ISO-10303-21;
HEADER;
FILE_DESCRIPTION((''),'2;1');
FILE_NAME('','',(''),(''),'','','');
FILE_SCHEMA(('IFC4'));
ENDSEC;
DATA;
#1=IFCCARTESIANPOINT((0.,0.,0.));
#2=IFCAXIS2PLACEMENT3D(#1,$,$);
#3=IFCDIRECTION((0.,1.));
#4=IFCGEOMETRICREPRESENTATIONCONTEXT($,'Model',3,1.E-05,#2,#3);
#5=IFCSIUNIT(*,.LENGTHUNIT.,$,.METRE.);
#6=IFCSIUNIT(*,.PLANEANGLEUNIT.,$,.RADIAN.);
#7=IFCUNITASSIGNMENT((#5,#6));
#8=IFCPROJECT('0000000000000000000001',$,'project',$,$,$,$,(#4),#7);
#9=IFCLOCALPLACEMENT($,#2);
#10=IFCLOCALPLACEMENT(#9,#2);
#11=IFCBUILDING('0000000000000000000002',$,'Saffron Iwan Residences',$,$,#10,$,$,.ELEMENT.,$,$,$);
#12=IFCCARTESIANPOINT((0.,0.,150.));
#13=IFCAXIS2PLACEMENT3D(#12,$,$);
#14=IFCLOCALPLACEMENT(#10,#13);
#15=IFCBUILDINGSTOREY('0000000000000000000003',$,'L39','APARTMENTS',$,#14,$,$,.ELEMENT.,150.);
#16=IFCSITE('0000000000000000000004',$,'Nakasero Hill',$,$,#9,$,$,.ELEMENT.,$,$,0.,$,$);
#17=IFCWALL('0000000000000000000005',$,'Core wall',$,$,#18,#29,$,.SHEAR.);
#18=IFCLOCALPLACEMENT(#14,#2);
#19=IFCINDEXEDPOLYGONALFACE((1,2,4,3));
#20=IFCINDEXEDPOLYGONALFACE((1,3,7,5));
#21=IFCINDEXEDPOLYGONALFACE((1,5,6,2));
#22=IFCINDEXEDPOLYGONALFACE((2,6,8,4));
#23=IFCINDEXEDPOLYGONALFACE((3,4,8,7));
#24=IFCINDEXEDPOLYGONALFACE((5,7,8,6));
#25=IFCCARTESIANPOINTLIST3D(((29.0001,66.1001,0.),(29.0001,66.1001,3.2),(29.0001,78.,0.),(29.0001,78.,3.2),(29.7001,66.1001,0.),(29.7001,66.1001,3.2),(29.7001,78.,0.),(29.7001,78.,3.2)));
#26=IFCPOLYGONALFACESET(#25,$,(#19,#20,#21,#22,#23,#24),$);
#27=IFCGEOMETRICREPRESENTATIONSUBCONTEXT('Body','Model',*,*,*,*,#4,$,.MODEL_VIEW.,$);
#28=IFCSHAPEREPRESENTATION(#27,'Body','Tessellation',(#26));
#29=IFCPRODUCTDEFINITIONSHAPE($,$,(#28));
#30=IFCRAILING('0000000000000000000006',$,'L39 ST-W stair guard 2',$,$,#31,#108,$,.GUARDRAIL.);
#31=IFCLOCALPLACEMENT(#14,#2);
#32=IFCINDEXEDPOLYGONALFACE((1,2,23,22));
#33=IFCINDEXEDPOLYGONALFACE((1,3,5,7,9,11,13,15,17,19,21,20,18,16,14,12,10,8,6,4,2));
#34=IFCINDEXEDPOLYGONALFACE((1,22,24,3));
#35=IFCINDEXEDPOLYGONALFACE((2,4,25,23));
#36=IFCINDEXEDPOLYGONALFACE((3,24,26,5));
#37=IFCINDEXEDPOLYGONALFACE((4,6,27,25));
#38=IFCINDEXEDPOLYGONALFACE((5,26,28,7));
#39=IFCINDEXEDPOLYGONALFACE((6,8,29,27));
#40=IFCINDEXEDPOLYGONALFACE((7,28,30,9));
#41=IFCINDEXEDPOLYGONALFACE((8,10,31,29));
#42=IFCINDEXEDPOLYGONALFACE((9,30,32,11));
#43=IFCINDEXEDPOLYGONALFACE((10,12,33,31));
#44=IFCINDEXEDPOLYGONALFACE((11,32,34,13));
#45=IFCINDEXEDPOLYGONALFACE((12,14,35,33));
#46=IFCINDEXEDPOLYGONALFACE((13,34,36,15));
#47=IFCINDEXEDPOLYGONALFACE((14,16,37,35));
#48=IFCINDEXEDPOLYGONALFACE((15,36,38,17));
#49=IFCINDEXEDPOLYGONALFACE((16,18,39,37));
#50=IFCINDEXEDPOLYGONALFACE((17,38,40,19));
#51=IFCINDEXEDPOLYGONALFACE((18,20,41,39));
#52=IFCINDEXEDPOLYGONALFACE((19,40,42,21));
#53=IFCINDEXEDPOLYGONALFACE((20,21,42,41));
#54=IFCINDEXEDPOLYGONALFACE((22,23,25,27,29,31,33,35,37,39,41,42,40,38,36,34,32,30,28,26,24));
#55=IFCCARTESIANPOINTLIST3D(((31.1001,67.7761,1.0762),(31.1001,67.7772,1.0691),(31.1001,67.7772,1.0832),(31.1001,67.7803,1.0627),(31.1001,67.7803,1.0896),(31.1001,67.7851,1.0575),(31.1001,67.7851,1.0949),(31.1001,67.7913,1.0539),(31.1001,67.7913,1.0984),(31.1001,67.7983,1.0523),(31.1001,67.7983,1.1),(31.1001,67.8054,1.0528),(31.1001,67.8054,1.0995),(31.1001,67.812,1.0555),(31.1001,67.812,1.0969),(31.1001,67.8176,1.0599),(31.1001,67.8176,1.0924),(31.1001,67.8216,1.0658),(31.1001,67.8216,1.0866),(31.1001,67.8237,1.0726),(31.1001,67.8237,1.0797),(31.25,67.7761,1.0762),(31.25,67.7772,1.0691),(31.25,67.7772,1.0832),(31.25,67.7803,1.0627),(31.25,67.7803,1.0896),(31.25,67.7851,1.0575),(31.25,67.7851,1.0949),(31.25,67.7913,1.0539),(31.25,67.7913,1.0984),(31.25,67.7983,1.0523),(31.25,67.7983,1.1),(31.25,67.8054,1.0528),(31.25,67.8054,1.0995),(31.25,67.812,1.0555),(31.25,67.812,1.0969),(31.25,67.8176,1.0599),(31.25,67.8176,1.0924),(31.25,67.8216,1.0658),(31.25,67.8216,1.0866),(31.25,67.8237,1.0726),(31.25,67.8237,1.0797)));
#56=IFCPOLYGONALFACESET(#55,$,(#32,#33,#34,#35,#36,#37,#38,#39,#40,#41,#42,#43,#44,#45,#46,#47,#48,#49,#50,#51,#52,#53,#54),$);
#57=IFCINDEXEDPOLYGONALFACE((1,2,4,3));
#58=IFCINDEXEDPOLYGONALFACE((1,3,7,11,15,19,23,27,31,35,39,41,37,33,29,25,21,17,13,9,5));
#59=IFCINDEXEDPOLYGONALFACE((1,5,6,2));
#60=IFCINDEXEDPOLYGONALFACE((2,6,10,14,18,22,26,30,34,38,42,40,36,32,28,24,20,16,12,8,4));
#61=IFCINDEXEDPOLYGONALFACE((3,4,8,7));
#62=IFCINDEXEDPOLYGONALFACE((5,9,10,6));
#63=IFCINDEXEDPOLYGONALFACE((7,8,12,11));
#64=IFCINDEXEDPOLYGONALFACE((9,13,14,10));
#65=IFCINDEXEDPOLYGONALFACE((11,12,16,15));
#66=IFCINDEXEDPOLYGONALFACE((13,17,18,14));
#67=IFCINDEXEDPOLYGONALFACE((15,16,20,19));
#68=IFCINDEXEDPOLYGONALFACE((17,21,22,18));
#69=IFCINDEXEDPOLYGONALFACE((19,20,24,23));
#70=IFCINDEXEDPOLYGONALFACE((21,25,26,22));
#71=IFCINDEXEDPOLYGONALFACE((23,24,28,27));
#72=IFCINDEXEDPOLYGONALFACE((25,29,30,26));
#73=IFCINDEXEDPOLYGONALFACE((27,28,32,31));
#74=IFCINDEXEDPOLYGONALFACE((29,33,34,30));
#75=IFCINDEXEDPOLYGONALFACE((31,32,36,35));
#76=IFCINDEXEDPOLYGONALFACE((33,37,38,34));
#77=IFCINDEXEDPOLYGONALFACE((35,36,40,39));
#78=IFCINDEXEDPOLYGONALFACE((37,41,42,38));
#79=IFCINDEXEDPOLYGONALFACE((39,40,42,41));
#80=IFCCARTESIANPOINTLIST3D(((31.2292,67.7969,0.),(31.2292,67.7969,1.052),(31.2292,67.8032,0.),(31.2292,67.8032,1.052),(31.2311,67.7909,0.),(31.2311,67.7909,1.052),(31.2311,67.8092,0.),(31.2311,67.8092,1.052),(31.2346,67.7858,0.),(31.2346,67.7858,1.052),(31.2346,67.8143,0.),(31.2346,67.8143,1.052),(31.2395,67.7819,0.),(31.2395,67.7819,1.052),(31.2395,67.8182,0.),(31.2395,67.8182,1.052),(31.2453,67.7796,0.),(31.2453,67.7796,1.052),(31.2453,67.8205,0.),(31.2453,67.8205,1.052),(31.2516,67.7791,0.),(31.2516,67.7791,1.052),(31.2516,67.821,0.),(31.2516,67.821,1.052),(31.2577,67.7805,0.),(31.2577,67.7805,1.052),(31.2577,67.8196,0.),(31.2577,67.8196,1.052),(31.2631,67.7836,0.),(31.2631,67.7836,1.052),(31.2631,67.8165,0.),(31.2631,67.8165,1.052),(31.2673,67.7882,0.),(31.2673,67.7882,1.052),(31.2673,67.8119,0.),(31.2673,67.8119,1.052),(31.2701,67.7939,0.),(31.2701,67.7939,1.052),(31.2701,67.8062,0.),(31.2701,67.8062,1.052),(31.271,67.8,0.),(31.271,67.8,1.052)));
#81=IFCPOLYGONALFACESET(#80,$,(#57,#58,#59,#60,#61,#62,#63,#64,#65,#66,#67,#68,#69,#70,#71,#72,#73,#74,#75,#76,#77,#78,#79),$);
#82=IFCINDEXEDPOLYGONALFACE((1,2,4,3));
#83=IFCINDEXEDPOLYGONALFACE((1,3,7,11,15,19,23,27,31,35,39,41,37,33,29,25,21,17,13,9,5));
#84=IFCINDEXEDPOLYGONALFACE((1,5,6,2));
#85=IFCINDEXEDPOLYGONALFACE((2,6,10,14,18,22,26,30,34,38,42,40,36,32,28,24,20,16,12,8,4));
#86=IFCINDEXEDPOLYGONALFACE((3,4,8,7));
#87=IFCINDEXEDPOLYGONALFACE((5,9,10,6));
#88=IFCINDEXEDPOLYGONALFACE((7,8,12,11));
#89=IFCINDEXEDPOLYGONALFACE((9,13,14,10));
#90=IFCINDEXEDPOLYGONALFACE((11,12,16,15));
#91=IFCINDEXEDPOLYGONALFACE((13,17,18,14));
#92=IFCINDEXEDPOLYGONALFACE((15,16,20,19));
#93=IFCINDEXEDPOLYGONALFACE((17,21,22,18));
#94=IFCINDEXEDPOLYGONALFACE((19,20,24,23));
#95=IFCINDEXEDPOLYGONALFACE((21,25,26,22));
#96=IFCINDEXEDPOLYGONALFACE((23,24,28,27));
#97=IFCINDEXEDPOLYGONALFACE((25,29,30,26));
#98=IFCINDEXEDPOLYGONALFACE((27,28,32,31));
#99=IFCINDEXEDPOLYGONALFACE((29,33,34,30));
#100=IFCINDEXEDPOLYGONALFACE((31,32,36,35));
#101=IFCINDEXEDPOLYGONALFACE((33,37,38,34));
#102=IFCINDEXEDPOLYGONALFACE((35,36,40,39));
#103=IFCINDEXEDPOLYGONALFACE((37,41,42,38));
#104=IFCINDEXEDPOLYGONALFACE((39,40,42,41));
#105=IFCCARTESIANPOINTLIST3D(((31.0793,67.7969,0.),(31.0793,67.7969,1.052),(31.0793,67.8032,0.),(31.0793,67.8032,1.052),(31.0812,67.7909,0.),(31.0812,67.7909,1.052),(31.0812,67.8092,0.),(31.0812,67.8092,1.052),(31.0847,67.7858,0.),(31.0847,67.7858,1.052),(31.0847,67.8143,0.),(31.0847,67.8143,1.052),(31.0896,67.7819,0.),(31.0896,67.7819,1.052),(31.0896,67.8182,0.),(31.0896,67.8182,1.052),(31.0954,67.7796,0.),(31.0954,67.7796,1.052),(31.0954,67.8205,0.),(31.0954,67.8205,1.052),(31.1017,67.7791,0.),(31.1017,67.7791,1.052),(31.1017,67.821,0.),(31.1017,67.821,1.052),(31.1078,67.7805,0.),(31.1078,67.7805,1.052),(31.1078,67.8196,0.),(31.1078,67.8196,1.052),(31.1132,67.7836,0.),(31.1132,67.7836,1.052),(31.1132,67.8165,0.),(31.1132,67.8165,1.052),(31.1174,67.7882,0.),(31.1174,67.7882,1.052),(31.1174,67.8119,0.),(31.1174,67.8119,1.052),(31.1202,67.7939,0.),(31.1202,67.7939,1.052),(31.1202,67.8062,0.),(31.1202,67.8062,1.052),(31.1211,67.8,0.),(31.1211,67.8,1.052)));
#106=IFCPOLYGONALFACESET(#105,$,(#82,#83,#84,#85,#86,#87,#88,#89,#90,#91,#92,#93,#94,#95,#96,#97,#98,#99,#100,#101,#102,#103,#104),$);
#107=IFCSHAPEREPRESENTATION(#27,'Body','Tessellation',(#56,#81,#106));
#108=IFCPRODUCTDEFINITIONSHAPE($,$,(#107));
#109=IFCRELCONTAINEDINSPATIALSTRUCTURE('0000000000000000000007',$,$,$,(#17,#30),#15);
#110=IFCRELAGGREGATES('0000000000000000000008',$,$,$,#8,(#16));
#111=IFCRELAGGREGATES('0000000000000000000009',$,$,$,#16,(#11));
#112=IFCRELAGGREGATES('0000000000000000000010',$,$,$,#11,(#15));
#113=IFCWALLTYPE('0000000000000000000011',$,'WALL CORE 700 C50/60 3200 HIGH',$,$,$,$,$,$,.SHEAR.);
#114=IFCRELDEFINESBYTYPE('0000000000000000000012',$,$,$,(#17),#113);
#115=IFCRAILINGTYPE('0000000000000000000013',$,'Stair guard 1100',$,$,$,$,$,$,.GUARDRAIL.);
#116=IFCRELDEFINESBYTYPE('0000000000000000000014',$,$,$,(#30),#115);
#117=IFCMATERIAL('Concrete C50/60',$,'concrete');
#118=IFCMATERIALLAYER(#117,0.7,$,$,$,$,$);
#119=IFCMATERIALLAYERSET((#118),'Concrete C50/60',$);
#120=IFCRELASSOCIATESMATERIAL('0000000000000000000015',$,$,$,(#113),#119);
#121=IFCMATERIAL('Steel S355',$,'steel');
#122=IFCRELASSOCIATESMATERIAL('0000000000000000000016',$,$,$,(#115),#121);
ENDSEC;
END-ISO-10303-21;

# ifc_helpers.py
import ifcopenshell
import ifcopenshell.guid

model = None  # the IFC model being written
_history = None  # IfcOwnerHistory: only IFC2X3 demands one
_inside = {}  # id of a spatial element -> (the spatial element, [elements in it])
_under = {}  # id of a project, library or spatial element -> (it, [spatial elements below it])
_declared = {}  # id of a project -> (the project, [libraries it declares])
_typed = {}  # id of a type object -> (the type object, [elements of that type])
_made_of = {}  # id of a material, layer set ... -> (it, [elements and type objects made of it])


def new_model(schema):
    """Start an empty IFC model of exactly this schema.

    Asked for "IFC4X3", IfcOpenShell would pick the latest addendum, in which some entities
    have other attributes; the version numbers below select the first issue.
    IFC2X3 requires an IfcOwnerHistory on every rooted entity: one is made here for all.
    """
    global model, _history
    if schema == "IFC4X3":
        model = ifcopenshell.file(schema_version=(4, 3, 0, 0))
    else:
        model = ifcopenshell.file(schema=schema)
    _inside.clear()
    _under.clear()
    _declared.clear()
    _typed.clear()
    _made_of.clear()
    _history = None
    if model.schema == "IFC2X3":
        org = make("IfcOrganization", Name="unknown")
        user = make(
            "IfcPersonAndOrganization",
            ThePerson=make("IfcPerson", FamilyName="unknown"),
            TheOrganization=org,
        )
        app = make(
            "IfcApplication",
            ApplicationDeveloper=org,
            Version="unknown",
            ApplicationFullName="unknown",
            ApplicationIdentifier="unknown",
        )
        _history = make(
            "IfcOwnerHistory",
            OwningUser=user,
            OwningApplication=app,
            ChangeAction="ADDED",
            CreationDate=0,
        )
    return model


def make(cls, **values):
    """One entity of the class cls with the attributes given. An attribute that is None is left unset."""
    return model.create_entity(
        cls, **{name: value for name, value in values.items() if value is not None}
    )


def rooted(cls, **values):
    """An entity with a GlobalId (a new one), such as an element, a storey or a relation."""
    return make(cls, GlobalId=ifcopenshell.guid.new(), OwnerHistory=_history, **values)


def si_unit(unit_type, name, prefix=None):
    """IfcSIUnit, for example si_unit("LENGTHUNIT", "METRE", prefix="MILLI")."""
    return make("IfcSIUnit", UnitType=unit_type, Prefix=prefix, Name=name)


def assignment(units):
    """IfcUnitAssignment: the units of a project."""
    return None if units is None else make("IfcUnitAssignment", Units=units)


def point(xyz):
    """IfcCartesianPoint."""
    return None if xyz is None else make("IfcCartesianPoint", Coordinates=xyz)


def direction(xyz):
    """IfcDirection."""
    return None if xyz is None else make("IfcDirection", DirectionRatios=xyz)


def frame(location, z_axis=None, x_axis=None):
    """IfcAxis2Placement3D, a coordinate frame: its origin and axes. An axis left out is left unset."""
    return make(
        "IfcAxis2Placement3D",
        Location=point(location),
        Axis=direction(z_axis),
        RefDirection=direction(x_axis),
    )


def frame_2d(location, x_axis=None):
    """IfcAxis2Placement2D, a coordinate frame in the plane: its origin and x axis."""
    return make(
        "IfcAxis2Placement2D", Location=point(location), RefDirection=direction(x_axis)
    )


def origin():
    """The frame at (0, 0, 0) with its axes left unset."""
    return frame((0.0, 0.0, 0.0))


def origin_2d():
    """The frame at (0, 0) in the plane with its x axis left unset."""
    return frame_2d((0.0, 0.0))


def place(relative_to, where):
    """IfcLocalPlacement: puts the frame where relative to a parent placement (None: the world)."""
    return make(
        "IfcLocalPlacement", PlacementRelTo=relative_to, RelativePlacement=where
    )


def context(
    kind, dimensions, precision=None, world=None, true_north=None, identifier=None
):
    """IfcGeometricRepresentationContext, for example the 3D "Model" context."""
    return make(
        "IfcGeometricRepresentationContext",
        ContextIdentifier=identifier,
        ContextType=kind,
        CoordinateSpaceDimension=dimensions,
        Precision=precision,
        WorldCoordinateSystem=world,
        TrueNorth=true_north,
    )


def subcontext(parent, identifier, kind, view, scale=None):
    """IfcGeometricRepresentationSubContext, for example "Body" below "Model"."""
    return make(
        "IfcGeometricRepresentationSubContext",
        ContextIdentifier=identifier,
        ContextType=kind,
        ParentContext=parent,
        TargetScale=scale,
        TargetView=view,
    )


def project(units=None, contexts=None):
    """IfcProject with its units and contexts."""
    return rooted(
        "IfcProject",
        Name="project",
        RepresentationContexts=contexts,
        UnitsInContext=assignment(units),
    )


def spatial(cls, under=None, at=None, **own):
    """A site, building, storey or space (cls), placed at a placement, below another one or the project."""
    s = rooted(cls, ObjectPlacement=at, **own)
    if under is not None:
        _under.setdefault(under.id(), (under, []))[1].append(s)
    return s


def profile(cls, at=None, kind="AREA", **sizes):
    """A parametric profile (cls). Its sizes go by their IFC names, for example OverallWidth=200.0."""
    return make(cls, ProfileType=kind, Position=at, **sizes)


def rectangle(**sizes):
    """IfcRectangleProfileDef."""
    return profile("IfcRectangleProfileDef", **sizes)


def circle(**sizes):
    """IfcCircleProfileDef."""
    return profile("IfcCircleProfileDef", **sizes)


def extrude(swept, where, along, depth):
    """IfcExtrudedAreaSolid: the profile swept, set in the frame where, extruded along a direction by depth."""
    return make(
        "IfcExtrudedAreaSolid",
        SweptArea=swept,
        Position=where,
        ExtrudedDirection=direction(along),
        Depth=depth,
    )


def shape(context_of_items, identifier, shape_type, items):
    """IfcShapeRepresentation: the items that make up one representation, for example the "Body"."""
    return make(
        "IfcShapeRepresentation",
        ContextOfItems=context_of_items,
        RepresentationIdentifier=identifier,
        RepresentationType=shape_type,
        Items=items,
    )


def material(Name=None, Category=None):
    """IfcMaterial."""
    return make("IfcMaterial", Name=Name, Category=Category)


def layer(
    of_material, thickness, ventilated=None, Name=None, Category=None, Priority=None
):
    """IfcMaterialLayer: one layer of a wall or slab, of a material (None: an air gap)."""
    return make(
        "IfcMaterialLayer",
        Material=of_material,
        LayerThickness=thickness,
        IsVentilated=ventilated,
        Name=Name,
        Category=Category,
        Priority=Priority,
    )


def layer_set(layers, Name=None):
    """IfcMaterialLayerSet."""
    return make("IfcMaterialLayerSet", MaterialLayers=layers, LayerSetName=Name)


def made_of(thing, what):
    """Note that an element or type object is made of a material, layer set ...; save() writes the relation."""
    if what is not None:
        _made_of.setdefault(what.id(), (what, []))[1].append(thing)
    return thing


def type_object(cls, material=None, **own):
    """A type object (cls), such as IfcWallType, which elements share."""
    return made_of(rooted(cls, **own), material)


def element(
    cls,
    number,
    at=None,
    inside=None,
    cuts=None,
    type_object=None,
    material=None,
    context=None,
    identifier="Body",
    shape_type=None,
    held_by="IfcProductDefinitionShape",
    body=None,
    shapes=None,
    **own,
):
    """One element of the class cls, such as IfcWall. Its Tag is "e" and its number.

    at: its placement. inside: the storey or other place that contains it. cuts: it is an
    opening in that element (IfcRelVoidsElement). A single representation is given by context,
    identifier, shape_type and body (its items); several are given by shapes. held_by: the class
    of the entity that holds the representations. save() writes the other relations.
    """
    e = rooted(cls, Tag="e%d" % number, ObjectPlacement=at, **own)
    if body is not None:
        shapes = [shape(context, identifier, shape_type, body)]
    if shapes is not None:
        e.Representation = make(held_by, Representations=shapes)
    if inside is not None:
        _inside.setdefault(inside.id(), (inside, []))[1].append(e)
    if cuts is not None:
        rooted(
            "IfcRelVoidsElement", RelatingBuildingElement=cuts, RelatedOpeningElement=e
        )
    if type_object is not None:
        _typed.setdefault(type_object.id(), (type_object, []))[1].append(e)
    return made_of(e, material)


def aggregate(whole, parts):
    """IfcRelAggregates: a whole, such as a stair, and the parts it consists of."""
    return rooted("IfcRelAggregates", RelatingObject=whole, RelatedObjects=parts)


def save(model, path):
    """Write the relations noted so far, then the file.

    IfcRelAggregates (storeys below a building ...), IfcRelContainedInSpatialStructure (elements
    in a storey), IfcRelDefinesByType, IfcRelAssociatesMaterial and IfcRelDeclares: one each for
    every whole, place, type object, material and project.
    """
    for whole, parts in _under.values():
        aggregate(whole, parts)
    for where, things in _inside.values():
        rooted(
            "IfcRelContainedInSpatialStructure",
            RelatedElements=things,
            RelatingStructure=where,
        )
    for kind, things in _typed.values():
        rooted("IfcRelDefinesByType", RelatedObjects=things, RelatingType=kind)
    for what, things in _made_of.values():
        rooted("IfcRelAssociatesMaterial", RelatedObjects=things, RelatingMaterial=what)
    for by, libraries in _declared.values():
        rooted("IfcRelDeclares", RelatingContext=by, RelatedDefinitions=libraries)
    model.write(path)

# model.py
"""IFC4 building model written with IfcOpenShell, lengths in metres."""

from ifc_helpers import new_model, si_unit, direction, frame, frame_2d, origin, origin_2d, place, context, subcontext, project, spatial, rectangle, circle, extrude, material, layer, layer_set, type_object, element, save


model = new_model("IFC4")

# Units and contexts
model_context = context("Model", 3, precision=1e-05, world=origin(), true_north=direction((0.0, 1.0)))
body_context = subcontext(model_context, "Body", "Model", "MODEL_VIEW")
ifc_project = project(units=[si_unit("LENGTHUNIT", "METRE"), si_unit("PLANEANGLEUNIT", "RADIAN")], contexts=[model_context])

# Site, building, storey
site_placement = place(None, origin())
site = spatial("IfcSite", under=ifc_project, at=site_placement, Name="Nakasero Hill", CompositionType="ELEMENT", RefElevation=0.0)
building_placement = place(site_placement, origin())
building = spatial("IfcBuilding", under=site, at=building_placement, Name="Saffron Iwan Residences", CompositionType="ELEMENT")
storey_placement = place(building_placement, frame((0.0, 0.0, 150.0)))
storey = spatial("IfcBuildingStorey", under=building, at=storey_placement, Name="L39", Description="APARTMENTS", CompositionType="ELEMENT", Elevation=150.0)

# Shared definitions
ifc_material_1 = material(Name="Concrete C50/60", Category="concrete")

# Wall
ifc_layer_1 = layer(ifc_material_1, 0.7)
ifc_layer_set_1 = layer_set([ifc_layer_1], Name="Concrete C50/60")
wall_type_1 = type_object("IfcWallType", Name="WALL CORE 700 C50/60 3200 HIGH", PredefinedType="SHEAR", material=ifc_layer_set_1)
wall_1_placement = place(storey_placement, frame((29.3501, 66.1001, 0.0), z_axis=(0.0, 0.0, 1.0), x_axis=(0.0, 1.0, 0.0)))
element("IfcWall", 1, at=wall_1_placement, inside=storey, type_object=wall_type_1, Name="Core wall", PredefinedType="SHEAR", context=body_context, shape_type="SweptSolid", body=[
    extrude(rectangle(XDim=11.8999, YDim=0.7, at=frame_2d((5.95, 0.0))), origin(), (0.0, 0.0, 1.0), 3.2),
])

# Railing
ifc_material_2 = material(Name="Steel S355", Category="steel")
railing_type_1 = type_object("IfcRailingType", Name="Stair guard 1100", PredefinedType="GUARDRAIL", material=ifc_material_2)
railing_1_placement = place(storey_placement, frame((31.25, 67.8, 0.0)))
element("IfcRailing", 2, at=railing_1_placement, inside=storey, type_object=railing_type_1, Name="L39 ST-W stair guard 2", PredefinedType="GUARDRAIL", context=body_context, shape_type="SweptSolid", body=[
    extrude(circle(Radius=0.0239, at=origin_2d()), frame((0.0, 0.0, 1.0762), z_axis=(-1.0, 0.0, 0.0), x_axis=(0.0, -1.0, 0.0)), (0.0, 0.0, 1.0), 0.1499),
    extrude(circle(Radius=0.021, at=origin_2d()), origin(), (0.0, 0.0, 1.0), 1.052),
    extrude(circle(Radius=0.021, at=origin_2d()), frame((-0.1499, 0.0, 0.0)), (0.0, 0.0, 1.0), 1.052),
])

save(model, "model.ifc")
